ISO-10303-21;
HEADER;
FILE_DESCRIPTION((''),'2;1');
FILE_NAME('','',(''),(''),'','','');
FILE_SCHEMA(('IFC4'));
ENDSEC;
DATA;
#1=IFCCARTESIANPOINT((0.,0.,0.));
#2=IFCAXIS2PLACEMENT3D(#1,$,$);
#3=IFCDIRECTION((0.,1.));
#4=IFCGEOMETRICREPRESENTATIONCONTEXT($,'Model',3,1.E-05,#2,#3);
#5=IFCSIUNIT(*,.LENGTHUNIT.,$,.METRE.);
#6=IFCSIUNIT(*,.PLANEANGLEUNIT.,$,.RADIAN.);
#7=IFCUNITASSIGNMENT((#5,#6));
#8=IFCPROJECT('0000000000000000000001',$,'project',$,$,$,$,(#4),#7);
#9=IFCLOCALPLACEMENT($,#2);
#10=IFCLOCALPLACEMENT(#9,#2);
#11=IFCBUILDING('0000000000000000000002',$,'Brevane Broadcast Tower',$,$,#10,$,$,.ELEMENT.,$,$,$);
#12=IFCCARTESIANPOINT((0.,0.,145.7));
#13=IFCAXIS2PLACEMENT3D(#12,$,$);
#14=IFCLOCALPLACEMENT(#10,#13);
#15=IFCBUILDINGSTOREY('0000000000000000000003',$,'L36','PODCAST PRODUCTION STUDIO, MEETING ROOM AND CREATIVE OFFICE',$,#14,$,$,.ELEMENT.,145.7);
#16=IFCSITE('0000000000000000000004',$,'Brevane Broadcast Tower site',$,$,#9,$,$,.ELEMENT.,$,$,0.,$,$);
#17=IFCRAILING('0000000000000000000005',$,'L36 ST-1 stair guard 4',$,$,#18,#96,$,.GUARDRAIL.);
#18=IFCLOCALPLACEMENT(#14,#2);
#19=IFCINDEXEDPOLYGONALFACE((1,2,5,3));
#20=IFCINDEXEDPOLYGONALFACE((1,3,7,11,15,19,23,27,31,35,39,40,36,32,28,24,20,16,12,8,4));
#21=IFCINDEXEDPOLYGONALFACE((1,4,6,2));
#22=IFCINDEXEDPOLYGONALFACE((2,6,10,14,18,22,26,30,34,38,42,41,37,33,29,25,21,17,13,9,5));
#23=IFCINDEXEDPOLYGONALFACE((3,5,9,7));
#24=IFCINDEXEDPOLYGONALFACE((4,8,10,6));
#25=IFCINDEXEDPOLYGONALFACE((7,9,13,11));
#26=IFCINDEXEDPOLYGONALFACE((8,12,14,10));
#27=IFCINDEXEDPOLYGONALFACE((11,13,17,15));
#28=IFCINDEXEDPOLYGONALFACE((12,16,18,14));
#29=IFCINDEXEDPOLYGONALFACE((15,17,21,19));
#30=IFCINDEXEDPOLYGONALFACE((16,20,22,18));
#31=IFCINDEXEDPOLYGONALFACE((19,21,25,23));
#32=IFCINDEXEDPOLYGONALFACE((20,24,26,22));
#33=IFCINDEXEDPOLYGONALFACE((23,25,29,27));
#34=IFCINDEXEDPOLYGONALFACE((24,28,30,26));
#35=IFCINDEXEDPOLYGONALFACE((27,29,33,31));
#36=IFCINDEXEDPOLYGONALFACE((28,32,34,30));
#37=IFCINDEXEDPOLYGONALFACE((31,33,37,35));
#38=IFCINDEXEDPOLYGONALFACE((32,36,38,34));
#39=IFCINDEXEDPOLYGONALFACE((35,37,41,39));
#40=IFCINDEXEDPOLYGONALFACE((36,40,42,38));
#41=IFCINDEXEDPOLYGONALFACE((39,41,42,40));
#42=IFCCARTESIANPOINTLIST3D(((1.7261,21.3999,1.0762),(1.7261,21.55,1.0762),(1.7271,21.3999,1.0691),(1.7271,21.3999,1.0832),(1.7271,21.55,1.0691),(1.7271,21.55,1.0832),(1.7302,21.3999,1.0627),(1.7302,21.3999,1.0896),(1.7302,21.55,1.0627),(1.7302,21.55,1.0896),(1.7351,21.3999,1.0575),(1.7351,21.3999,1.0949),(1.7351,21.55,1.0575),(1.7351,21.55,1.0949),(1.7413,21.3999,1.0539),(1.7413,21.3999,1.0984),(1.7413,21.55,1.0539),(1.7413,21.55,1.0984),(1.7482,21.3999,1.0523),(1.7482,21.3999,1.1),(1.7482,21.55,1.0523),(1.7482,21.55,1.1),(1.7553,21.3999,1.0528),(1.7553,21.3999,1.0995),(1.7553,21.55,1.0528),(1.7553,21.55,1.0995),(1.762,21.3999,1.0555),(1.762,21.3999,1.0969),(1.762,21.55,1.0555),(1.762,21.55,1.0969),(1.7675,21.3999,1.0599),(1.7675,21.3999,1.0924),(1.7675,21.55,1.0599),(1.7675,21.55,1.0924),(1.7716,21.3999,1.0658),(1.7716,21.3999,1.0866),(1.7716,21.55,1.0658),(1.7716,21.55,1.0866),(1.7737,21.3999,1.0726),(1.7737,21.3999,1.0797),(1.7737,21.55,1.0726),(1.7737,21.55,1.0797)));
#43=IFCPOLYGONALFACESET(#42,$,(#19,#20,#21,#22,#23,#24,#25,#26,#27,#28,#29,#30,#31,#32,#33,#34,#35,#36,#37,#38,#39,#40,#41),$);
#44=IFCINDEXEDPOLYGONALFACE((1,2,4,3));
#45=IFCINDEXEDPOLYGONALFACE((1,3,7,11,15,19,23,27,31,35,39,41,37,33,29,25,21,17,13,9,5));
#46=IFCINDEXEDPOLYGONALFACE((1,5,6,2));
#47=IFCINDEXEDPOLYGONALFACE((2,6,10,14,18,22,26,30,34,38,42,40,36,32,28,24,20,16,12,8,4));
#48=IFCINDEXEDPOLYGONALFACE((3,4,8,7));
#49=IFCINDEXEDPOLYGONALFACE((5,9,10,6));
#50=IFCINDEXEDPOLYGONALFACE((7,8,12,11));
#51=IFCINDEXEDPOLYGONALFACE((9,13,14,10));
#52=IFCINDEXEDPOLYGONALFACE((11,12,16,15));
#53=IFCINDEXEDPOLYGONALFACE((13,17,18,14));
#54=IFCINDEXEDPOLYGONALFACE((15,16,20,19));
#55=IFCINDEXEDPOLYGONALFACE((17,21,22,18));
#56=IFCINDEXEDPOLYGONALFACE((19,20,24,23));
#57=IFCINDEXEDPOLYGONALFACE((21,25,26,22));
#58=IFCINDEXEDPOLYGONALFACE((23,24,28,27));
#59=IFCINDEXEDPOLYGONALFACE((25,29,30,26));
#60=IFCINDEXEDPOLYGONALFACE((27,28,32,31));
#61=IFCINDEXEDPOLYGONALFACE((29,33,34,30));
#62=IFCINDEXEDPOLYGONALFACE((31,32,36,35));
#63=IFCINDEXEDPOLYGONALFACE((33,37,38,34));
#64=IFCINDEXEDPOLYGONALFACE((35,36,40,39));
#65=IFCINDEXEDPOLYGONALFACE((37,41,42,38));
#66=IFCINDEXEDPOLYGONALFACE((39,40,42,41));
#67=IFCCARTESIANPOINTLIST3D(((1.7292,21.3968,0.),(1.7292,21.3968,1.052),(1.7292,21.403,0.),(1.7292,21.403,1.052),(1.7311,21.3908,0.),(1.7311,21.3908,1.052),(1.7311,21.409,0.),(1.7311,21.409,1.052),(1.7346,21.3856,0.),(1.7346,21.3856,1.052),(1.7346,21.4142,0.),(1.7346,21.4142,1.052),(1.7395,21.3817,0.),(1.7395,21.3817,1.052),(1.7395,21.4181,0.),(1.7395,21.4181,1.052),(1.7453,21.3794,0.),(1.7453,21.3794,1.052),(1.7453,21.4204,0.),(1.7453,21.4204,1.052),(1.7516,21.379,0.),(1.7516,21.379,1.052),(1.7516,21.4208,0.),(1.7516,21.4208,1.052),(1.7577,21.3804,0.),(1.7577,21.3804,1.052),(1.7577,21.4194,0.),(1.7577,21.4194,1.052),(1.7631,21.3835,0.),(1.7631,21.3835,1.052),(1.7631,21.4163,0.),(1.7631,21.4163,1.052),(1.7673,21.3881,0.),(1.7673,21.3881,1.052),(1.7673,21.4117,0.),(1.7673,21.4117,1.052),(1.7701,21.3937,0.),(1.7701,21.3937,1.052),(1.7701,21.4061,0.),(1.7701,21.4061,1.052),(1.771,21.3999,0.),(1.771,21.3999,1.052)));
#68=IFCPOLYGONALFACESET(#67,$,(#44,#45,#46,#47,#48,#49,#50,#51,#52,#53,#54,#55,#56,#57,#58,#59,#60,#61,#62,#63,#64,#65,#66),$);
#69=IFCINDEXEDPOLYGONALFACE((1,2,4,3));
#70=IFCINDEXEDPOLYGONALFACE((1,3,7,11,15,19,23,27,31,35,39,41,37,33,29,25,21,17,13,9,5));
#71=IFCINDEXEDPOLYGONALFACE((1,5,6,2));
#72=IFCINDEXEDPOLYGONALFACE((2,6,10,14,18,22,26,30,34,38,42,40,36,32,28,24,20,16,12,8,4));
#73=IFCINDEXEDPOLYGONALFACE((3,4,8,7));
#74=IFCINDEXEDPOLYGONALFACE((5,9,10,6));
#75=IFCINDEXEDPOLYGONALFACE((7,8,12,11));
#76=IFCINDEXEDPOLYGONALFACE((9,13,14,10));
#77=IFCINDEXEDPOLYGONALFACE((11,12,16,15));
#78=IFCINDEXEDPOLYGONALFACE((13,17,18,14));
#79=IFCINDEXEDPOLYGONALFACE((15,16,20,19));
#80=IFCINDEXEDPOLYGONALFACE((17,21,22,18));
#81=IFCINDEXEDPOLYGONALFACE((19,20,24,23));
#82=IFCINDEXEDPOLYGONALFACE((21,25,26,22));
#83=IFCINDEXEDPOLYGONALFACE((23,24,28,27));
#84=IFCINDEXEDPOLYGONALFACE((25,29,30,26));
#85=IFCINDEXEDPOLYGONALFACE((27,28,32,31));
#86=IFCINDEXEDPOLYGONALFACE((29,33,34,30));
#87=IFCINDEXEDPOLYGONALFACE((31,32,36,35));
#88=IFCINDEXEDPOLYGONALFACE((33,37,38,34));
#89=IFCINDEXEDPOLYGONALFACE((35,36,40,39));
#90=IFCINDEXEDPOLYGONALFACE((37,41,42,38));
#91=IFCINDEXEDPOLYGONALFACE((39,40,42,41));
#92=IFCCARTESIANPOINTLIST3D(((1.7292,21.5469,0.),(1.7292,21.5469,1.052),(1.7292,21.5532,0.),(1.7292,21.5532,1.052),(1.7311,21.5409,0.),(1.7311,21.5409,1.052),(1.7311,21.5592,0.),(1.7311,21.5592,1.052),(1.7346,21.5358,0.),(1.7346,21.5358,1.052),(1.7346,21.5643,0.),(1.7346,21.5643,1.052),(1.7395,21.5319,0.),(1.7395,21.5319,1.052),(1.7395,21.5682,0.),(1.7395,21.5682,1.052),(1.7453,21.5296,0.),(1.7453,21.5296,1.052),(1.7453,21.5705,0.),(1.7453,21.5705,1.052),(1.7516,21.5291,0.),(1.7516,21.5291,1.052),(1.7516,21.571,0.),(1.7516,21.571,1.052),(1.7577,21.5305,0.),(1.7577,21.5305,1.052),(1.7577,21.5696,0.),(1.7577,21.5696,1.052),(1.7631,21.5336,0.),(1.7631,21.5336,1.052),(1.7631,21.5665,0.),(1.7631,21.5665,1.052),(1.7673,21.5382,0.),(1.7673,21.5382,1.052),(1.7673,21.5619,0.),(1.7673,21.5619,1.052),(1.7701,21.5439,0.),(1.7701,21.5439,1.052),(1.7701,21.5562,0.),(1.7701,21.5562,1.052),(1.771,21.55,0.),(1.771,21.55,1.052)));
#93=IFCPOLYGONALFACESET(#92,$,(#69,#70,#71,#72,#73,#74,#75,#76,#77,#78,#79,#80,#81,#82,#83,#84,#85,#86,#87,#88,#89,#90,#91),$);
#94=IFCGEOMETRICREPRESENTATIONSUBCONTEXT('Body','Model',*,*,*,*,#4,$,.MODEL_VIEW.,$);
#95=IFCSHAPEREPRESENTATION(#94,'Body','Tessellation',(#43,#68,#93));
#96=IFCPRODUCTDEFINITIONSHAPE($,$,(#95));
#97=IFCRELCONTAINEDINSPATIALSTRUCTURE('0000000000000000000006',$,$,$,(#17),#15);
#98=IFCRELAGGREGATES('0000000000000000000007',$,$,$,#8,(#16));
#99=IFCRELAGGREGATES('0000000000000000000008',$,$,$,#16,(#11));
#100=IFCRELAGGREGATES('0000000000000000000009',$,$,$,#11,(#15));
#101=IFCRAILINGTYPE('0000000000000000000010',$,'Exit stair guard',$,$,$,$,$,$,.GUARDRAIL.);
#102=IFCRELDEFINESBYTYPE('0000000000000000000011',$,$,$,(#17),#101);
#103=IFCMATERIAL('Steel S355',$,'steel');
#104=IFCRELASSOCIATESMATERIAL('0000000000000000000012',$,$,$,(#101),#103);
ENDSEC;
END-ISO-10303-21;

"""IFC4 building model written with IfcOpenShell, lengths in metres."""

from ifc_helpers import new_model, si_unit, direction, frame, origin, origin_2d, place, context, subcontext, project, spatial, circle, extrude, material, type_object, element, save


model = new_model("IFC4")

# Units and contexts
model_context = context("Model", 3, precision=1e-05, world=origin(), true_north=direction((0.0, 1.0)))
body_context = subcontext(model_context, "Body", "Model", "MODEL_VIEW")
ifc_project = project(units=[si_unit("LENGTHUNIT", "METRE"), si_unit("PLANEANGLEUNIT", "RADIAN")], contexts=[model_context])

# Site, building, storey
site_placement = place(None, origin())
site = spatial("IfcSite", under=ifc_project, at=site_placement, Name="Brevane Broadcast Tower site", CompositionType="ELEMENT", RefElevation=0.0)
building_placement = place(site_placement, origin())
building = spatial("IfcBuilding", under=site, at=building_placement, Name="Brevane Broadcast Tower", CompositionType="ELEMENT")
storey_placement = place(building_placement, frame((0.0, 0.0, 145.7)))
storey = spatial("IfcBuildingStorey", under=building, at=storey_placement, Name="L36", Description="PODCAST PRODUCTION STUDIO, MEETING ROOM AND CREATIVE OFFICE", CompositionType="ELEMENT", Elevation=145.7)

# Railing
ifc_material_1 = material(Name="Steel S355", Category="steel")
railing_type_1 = type_object("IfcRailingType", Name="Exit stair guard", PredefinedType="GUARDRAIL", material=ifc_material_1)
railing_1_placement = place(storey_placement, frame((1.75, 21.3999, 0.0)))
element("IfcRailing", 1, at=railing_1_placement, inside=storey, type_object=railing_type_1, Name="L36 ST-1 stair guard 4", PredefinedType="GUARDRAIL", context=body_context, shape_type="SweptSolid", body=[
    extrude(circle(Radius=0.0239, at=origin_2d()), frame((0.0, 0.0, 1.0762), z_axis=(0.0, 1.0, 0.0), x_axis=(-1.0, 0.0, 0.0)), (0.0, 0.0, 1.0), 0.1501),
    extrude(circle(Radius=0.021, at=origin_2d()), origin(), (0.0, 0.0, 1.0), 1.052),
    extrude(circle(Radius=0.021, at=origin_2d()), frame((0.0, 0.1501, 0.0)), (0.0, 0.0, 1.0), 1.052),
])

save(model, "model.ifc")
